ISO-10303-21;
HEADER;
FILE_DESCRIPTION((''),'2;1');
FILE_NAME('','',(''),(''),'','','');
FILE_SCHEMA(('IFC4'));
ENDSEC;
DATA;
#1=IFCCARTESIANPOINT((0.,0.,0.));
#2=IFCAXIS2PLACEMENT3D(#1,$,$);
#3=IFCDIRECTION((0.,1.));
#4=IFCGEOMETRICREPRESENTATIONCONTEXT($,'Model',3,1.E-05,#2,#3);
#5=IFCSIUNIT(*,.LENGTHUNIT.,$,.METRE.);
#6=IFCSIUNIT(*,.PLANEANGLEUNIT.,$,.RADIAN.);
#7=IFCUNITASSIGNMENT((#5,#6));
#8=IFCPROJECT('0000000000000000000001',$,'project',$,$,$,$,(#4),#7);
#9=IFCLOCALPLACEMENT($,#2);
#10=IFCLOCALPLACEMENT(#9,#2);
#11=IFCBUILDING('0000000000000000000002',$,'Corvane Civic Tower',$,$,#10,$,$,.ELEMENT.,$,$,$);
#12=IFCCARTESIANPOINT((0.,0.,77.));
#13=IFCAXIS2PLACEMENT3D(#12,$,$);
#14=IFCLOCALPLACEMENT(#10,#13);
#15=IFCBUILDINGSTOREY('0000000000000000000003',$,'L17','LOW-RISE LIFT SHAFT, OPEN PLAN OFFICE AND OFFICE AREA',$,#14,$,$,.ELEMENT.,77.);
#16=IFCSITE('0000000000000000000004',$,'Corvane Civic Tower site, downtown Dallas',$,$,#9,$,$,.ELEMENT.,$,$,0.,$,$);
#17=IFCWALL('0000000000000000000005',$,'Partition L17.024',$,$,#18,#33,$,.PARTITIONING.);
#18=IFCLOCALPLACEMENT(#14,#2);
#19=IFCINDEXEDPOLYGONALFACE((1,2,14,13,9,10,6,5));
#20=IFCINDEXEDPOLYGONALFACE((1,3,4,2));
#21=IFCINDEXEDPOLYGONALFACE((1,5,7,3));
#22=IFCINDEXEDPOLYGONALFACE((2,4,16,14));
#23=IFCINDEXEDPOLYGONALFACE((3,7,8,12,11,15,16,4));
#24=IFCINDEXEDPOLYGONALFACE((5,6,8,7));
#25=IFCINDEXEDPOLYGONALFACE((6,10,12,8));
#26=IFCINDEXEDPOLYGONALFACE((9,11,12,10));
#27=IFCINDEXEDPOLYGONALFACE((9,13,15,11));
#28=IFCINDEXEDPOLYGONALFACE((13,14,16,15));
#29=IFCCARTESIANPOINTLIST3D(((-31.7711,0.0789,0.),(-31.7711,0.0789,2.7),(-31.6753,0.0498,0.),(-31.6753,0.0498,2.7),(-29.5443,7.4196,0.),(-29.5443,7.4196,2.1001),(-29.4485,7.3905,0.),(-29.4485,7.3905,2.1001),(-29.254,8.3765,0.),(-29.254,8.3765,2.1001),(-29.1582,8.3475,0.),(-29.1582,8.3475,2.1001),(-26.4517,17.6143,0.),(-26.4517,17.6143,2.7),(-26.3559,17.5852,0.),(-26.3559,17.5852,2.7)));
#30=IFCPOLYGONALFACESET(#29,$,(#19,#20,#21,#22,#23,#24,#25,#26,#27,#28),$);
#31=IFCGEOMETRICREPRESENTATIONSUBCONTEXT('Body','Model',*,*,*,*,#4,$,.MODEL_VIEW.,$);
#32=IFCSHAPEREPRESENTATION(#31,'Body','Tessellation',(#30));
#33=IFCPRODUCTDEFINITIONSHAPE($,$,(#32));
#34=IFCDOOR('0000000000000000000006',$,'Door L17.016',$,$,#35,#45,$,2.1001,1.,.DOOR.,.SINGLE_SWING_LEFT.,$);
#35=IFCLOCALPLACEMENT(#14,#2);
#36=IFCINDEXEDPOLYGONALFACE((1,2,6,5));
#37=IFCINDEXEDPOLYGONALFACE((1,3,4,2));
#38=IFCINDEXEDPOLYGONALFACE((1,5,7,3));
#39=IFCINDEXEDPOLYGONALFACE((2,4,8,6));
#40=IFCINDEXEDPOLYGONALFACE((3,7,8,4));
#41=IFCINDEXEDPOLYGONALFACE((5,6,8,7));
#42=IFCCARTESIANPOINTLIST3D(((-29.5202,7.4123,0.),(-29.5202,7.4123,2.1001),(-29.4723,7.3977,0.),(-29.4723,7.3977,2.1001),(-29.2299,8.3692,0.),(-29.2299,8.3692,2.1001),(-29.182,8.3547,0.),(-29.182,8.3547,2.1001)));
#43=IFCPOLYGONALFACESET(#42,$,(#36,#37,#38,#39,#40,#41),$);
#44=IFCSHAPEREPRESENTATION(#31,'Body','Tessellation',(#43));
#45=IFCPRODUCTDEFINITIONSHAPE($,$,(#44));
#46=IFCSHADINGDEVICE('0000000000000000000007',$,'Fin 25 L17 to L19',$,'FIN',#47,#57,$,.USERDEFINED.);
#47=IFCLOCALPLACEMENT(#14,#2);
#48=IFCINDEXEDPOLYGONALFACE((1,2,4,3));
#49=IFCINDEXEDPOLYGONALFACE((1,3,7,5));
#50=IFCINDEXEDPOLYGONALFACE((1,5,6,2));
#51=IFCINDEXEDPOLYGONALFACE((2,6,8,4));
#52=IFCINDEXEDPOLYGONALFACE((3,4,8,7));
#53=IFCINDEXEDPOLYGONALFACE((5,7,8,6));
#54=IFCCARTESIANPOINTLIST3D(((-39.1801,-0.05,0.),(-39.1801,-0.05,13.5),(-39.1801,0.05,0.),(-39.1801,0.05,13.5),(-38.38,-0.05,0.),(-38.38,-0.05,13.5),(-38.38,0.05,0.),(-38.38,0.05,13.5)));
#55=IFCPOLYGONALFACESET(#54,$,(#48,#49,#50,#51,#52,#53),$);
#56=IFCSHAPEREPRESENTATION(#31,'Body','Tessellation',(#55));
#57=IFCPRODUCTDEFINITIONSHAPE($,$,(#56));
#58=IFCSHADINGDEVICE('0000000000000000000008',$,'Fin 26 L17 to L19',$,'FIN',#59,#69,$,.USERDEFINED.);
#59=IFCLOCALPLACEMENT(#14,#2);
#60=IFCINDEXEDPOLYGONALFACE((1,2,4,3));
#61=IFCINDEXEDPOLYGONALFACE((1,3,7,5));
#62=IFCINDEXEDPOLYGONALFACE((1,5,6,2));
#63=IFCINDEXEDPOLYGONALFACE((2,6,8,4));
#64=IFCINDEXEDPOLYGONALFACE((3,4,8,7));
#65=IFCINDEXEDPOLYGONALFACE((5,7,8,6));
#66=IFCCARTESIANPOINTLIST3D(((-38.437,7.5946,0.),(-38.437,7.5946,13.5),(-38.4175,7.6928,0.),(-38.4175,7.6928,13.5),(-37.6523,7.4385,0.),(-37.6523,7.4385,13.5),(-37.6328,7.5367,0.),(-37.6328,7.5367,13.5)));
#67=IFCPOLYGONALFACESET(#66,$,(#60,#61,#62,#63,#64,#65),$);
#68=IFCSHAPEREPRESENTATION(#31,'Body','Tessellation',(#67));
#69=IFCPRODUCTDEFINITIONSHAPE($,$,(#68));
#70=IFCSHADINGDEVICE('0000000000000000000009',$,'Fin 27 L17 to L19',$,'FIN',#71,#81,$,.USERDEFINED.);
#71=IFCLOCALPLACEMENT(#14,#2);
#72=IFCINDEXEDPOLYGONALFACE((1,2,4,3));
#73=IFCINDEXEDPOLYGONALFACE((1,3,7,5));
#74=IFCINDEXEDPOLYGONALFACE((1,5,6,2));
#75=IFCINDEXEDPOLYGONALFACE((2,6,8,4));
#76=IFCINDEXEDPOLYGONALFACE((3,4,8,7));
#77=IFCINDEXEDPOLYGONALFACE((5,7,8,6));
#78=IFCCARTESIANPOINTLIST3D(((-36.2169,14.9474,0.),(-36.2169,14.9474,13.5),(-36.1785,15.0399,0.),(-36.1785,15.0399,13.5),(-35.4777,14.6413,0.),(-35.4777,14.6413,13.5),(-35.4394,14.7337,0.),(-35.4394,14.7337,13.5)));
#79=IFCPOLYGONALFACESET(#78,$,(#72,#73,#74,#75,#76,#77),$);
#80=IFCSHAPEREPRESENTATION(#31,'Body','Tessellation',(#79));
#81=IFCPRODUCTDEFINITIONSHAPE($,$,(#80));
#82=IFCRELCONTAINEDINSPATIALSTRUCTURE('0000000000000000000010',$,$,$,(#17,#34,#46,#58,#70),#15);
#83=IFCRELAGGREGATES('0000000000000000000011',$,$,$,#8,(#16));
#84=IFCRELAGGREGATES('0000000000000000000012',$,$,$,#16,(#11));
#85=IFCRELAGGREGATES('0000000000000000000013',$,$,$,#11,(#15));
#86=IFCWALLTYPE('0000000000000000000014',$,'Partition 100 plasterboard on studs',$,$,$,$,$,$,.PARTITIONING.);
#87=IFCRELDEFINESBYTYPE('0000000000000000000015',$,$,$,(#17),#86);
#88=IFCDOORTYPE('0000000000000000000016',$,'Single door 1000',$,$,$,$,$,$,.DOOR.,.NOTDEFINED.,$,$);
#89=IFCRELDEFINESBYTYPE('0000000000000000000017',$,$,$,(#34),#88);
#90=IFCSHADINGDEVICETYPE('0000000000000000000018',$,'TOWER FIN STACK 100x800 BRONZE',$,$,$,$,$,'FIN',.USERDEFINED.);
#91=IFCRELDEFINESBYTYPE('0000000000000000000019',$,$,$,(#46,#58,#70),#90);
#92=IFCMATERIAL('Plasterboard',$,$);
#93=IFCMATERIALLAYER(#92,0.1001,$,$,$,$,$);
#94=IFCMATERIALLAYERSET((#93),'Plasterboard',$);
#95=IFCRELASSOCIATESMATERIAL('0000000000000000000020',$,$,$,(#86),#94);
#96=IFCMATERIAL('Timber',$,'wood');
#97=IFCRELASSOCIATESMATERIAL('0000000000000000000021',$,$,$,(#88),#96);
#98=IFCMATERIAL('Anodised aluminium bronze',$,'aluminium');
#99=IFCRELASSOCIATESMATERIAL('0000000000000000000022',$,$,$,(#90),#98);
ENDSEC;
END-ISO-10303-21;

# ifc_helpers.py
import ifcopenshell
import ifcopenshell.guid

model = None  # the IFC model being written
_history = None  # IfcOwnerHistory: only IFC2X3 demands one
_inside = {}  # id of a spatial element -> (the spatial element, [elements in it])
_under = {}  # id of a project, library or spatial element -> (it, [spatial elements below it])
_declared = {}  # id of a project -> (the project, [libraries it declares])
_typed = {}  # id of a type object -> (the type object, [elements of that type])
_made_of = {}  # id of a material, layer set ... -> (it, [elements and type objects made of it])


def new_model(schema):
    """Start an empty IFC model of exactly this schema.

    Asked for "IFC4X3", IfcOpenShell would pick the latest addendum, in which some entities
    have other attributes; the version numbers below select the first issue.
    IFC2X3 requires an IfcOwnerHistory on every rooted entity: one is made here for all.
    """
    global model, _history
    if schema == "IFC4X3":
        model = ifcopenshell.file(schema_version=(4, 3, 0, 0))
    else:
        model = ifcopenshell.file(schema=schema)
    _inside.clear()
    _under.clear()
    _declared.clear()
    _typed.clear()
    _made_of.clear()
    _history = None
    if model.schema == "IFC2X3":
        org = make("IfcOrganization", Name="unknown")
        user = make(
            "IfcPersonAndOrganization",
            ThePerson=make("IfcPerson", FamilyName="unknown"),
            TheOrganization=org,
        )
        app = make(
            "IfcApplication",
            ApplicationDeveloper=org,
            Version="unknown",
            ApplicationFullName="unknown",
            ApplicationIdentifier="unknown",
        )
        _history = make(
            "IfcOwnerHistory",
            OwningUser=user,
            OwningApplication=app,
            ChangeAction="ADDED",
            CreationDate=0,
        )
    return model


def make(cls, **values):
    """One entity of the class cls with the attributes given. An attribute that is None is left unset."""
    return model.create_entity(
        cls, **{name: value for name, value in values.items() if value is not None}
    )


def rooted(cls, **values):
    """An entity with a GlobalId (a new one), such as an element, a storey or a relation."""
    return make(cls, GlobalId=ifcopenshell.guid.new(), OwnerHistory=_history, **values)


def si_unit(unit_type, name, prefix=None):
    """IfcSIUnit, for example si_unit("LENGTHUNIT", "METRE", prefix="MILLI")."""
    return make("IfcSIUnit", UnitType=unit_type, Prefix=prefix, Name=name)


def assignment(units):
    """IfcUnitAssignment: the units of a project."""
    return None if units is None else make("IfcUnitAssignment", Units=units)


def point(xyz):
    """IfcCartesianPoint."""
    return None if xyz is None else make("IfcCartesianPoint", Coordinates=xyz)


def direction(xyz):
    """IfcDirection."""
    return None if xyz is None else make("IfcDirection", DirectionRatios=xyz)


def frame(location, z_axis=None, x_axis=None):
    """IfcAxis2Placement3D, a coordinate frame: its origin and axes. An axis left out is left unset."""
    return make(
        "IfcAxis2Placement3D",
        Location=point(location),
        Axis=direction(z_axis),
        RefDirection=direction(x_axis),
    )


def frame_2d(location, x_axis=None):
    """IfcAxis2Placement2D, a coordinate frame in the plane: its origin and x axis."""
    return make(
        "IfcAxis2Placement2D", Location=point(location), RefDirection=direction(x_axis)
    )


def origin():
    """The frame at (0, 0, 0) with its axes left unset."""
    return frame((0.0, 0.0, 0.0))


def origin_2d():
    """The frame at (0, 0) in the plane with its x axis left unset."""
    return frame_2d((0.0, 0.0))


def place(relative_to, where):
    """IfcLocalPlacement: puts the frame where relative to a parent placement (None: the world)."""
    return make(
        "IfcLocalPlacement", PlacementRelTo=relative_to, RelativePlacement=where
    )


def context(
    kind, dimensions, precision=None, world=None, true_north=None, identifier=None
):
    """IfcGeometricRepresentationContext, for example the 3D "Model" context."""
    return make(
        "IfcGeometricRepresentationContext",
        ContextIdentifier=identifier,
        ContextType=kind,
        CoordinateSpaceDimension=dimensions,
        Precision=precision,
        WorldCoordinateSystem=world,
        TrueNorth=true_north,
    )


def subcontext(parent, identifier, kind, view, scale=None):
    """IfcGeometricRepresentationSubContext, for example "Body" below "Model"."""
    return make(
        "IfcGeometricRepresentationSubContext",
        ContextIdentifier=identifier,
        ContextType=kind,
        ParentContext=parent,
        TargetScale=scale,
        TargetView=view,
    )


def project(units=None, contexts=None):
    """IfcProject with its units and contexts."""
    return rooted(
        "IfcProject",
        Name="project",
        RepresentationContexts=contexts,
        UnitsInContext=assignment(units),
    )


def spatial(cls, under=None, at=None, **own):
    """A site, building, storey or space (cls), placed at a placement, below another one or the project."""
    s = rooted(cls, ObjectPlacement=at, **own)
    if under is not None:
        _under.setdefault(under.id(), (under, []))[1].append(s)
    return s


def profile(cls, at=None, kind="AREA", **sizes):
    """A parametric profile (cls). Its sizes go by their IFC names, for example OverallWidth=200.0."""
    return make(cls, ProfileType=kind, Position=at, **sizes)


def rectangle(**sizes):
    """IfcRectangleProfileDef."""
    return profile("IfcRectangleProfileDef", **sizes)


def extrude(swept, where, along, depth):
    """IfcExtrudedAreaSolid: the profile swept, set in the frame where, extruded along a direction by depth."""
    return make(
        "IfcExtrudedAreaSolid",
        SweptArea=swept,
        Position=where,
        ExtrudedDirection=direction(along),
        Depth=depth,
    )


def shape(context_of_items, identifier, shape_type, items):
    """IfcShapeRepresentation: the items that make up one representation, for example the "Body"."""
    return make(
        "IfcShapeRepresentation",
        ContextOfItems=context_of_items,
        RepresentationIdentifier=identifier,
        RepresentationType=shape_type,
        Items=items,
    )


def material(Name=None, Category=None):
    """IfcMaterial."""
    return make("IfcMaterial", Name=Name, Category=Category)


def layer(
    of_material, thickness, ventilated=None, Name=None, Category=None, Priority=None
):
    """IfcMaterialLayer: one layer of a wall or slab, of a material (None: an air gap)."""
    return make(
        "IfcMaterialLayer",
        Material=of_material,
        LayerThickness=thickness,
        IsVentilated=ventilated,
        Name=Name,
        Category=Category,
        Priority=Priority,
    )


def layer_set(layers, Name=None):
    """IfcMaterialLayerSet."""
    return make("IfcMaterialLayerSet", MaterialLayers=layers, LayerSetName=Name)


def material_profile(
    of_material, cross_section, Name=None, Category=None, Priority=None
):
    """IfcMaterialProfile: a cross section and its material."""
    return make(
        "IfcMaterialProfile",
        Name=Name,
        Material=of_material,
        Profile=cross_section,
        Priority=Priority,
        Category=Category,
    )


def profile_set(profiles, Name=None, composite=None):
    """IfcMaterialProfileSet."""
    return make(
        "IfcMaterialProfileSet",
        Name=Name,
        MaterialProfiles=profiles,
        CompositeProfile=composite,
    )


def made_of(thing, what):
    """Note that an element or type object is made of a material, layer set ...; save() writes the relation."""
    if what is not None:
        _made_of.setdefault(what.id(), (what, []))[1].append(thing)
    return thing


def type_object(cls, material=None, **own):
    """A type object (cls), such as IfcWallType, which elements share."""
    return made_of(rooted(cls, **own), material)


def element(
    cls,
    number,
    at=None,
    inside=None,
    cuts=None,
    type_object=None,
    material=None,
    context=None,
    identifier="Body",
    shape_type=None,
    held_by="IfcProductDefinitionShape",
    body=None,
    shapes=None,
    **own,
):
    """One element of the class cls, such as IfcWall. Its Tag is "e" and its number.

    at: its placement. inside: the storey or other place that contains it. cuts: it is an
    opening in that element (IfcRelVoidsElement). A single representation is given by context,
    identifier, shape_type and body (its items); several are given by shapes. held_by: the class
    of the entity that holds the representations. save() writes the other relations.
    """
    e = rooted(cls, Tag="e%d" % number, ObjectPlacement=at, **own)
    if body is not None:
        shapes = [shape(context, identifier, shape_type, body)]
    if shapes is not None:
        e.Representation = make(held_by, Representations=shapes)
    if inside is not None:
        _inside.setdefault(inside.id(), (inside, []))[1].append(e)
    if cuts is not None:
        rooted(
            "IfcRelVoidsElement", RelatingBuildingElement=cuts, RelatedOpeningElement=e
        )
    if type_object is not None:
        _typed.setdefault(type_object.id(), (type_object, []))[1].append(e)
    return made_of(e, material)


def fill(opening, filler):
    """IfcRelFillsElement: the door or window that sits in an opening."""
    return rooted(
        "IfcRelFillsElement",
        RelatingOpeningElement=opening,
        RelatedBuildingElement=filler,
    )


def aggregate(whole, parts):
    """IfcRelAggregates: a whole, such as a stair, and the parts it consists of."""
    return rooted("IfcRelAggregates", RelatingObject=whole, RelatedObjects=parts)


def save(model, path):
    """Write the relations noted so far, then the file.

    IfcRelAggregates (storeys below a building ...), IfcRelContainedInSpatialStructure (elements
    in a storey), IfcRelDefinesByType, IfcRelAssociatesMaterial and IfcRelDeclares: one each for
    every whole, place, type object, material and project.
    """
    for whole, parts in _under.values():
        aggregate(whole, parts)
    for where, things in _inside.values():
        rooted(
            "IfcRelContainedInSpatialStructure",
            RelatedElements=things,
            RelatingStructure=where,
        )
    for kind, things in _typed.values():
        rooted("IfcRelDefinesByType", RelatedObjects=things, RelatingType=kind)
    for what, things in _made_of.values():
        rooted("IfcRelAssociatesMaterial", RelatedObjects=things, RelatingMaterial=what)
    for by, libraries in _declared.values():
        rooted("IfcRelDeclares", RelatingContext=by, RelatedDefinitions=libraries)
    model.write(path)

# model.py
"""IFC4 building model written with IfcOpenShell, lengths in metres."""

from ifc_helpers import new_model, si_unit, direction, frame, frame_2d, origin, origin_2d, place, context, subcontext, project, spatial, rectangle, extrude, material, layer, layer_set, material_profile, profile_set, type_object, element, fill, save


model = new_model("IFC4")

# Units and contexts
model_context = context("Model", 3, precision=1e-05, world=origin(), true_north=direction((0.0, 1.0)))
body_context = subcontext(model_context, "Body", "Model", "MODEL_VIEW")
ifc_project = project(units=[si_unit("LENGTHUNIT", "METRE"), si_unit("PLANEANGLEUNIT", "RADIAN")], contexts=[model_context])

# Site, building, storey
site_placement = place(None, origin())
site = spatial("IfcSite", under=ifc_project, at=site_placement, Name="Corvane Civic Tower site, downtown Dallas", CompositionType="ELEMENT", RefElevation=0.0)
building_placement = place(site_placement, origin())
building = spatial("IfcBuilding", under=site, at=building_placement, Name="Corvane Civic Tower", CompositionType="ELEMENT")
storey_placement = place(building_placement, frame((0.0, 0.0, 77.0)))
storey = spatial("IfcBuildingStorey", under=building, at=storey_placement, Name="L17", Description="LOW-RISE LIFT SHAFT, OPEN PLAN OFFICE AND OFFICE AREA", CompositionType="ELEMENT", Elevation=77.0)

# Shared definitions
ifc_material_1 = material(Name="Plasterboard")
ifc_layer_1 = layer(ifc_material_1, 0.1001)
ifc_layer_set_1 = layer_set([ifc_layer_1], Name="Plasterboard")
wall_type = type_object("IfcWallType", Name="Partition 100 plasterboard on studs", PredefinedType="PARTITIONING", material=ifc_layer_set_1)

# Wall, opening, door
wall_1_placement = place(storey_placement, frame((-31.7231, 0.0645, 0.0), z_axis=(0.0, 0.0, 1.0), x_axis=(0.290286, 0.95694, 0.0)))
wall_1 = element("IfcWall", 1, at=wall_1_placement, inside=storey, type_object=wall_type, Name="Partition L17.024", PredefinedType="PARTITIONING", context=body_context, shape_type="SweptSolid", body=[
    extrude(rectangle(XDim=18.3245, YDim=0.1001, at=frame_2d((9.1621, 0.0))), origin(), (0.0, 0.0, 1.0), 2.7),
])
opening_placement = place(wall_1_placement, frame((7.6709, 0.0, 0.0)))
opening = element("IfcOpeningElement", 2, at=opening_placement, cuts=wall_1, PredefinedType="OPENING", context=body_context, shape_type="SweptSolid", body=[
    extrude(rectangle(XDim=1.0, YDim=2.1001, at=frame_2d((0.5, 1.05))), frame((0.0, 0.0601, 0.0), z_axis=(0.0, -1.0, 0.0), x_axis=(1.0, 0.0, 0.0)), (0.0, 0.0, 1.0), 0.1201),
])
ifc_material_2 = material(Name="Timber", Category="wood")
door_type = type_object("IfcDoorType", Name="Single door 1000", OperationType="NOTDEFINED", PredefinedType="DOOR", material=ifc_material_2)
door_placement = place(opening_placement, origin())
door = element("IfcDoor", 3, at=door_placement, inside=storey, type_object=door_type, Name="Door L17.016", OperationType="SINGLE_SWING_LEFT", OverallHeight=2.1001, OverallWidth=1.0, PredefinedType="DOOR", context=body_context, shape_type="SweptSolid", body=[
    extrude(rectangle(XDim=1.0, YDim=2.1001, at=frame_2d((0.5, 1.05))), frame((0.0, 0.0249, 0.0), z_axis=(0.0, -1.0, 0.0), x_axis=(1.0, 0.0, 0.0)), (0.0, 0.0, 1.0), 0.05),
])
fill(opening, door)

# Shading devices
ifc_material_3 = material(Name="Anodised aluminium bronze", Category="aluminium")
ifc_material_profile_1 = material_profile(ifc_material_3, rectangle(XDim=0.1001, YDim=0.8, at=origin_2d()), Name="TOWER FIN STACK 100x800 BRONZE")
ifc_profile_set_1 = profile_set([ifc_material_profile_1], Name="Anodised aluminium bronze")
shading_device_type = type_object("IfcShadingDeviceType", Name="TOWER FIN STACK 100x800 BRONZE", ElementType="FIN", PredefinedType="USERDEFINED", material=ifc_profile_set_1)
for number, where, z_axis, x_axis, name in (
    (4, (-38.78, 0.0, 0.0), (0.0, 0.0, 1.0), (0.0, 1.0, 0.0), "Fin 25 L17 to L19"),
    (5, (-38.0349, 7.5657, 0.0), (0.0, 0.0, 1.0), (0.19509, 0.980785, 0.0), "Fin 26 L17 to L19"),
    (6, (-35.8281, 14.8406, 0.0), (0.0, 0.0, 1.0), (0.382683, 0.92388, 0.0), "Fin 27 L17 to L19"),
):
    element("IfcShadingDevice", number, at=place(storey_placement, frame(where, z_axis=z_axis, x_axis=x_axis)), inside=storey, type_object=shading_device_type, Name=name, ObjectType="FIN", PredefinedType="USERDEFINED", context=body_context, shape_type="SweptSolid", body=[
        extrude(rectangle(XDim=0.1001, YDim=0.8, at=origin_2d()), origin(), (0.0, 0.0, 1.0), 13.5),
    ])

save(model, "model.ifc")
